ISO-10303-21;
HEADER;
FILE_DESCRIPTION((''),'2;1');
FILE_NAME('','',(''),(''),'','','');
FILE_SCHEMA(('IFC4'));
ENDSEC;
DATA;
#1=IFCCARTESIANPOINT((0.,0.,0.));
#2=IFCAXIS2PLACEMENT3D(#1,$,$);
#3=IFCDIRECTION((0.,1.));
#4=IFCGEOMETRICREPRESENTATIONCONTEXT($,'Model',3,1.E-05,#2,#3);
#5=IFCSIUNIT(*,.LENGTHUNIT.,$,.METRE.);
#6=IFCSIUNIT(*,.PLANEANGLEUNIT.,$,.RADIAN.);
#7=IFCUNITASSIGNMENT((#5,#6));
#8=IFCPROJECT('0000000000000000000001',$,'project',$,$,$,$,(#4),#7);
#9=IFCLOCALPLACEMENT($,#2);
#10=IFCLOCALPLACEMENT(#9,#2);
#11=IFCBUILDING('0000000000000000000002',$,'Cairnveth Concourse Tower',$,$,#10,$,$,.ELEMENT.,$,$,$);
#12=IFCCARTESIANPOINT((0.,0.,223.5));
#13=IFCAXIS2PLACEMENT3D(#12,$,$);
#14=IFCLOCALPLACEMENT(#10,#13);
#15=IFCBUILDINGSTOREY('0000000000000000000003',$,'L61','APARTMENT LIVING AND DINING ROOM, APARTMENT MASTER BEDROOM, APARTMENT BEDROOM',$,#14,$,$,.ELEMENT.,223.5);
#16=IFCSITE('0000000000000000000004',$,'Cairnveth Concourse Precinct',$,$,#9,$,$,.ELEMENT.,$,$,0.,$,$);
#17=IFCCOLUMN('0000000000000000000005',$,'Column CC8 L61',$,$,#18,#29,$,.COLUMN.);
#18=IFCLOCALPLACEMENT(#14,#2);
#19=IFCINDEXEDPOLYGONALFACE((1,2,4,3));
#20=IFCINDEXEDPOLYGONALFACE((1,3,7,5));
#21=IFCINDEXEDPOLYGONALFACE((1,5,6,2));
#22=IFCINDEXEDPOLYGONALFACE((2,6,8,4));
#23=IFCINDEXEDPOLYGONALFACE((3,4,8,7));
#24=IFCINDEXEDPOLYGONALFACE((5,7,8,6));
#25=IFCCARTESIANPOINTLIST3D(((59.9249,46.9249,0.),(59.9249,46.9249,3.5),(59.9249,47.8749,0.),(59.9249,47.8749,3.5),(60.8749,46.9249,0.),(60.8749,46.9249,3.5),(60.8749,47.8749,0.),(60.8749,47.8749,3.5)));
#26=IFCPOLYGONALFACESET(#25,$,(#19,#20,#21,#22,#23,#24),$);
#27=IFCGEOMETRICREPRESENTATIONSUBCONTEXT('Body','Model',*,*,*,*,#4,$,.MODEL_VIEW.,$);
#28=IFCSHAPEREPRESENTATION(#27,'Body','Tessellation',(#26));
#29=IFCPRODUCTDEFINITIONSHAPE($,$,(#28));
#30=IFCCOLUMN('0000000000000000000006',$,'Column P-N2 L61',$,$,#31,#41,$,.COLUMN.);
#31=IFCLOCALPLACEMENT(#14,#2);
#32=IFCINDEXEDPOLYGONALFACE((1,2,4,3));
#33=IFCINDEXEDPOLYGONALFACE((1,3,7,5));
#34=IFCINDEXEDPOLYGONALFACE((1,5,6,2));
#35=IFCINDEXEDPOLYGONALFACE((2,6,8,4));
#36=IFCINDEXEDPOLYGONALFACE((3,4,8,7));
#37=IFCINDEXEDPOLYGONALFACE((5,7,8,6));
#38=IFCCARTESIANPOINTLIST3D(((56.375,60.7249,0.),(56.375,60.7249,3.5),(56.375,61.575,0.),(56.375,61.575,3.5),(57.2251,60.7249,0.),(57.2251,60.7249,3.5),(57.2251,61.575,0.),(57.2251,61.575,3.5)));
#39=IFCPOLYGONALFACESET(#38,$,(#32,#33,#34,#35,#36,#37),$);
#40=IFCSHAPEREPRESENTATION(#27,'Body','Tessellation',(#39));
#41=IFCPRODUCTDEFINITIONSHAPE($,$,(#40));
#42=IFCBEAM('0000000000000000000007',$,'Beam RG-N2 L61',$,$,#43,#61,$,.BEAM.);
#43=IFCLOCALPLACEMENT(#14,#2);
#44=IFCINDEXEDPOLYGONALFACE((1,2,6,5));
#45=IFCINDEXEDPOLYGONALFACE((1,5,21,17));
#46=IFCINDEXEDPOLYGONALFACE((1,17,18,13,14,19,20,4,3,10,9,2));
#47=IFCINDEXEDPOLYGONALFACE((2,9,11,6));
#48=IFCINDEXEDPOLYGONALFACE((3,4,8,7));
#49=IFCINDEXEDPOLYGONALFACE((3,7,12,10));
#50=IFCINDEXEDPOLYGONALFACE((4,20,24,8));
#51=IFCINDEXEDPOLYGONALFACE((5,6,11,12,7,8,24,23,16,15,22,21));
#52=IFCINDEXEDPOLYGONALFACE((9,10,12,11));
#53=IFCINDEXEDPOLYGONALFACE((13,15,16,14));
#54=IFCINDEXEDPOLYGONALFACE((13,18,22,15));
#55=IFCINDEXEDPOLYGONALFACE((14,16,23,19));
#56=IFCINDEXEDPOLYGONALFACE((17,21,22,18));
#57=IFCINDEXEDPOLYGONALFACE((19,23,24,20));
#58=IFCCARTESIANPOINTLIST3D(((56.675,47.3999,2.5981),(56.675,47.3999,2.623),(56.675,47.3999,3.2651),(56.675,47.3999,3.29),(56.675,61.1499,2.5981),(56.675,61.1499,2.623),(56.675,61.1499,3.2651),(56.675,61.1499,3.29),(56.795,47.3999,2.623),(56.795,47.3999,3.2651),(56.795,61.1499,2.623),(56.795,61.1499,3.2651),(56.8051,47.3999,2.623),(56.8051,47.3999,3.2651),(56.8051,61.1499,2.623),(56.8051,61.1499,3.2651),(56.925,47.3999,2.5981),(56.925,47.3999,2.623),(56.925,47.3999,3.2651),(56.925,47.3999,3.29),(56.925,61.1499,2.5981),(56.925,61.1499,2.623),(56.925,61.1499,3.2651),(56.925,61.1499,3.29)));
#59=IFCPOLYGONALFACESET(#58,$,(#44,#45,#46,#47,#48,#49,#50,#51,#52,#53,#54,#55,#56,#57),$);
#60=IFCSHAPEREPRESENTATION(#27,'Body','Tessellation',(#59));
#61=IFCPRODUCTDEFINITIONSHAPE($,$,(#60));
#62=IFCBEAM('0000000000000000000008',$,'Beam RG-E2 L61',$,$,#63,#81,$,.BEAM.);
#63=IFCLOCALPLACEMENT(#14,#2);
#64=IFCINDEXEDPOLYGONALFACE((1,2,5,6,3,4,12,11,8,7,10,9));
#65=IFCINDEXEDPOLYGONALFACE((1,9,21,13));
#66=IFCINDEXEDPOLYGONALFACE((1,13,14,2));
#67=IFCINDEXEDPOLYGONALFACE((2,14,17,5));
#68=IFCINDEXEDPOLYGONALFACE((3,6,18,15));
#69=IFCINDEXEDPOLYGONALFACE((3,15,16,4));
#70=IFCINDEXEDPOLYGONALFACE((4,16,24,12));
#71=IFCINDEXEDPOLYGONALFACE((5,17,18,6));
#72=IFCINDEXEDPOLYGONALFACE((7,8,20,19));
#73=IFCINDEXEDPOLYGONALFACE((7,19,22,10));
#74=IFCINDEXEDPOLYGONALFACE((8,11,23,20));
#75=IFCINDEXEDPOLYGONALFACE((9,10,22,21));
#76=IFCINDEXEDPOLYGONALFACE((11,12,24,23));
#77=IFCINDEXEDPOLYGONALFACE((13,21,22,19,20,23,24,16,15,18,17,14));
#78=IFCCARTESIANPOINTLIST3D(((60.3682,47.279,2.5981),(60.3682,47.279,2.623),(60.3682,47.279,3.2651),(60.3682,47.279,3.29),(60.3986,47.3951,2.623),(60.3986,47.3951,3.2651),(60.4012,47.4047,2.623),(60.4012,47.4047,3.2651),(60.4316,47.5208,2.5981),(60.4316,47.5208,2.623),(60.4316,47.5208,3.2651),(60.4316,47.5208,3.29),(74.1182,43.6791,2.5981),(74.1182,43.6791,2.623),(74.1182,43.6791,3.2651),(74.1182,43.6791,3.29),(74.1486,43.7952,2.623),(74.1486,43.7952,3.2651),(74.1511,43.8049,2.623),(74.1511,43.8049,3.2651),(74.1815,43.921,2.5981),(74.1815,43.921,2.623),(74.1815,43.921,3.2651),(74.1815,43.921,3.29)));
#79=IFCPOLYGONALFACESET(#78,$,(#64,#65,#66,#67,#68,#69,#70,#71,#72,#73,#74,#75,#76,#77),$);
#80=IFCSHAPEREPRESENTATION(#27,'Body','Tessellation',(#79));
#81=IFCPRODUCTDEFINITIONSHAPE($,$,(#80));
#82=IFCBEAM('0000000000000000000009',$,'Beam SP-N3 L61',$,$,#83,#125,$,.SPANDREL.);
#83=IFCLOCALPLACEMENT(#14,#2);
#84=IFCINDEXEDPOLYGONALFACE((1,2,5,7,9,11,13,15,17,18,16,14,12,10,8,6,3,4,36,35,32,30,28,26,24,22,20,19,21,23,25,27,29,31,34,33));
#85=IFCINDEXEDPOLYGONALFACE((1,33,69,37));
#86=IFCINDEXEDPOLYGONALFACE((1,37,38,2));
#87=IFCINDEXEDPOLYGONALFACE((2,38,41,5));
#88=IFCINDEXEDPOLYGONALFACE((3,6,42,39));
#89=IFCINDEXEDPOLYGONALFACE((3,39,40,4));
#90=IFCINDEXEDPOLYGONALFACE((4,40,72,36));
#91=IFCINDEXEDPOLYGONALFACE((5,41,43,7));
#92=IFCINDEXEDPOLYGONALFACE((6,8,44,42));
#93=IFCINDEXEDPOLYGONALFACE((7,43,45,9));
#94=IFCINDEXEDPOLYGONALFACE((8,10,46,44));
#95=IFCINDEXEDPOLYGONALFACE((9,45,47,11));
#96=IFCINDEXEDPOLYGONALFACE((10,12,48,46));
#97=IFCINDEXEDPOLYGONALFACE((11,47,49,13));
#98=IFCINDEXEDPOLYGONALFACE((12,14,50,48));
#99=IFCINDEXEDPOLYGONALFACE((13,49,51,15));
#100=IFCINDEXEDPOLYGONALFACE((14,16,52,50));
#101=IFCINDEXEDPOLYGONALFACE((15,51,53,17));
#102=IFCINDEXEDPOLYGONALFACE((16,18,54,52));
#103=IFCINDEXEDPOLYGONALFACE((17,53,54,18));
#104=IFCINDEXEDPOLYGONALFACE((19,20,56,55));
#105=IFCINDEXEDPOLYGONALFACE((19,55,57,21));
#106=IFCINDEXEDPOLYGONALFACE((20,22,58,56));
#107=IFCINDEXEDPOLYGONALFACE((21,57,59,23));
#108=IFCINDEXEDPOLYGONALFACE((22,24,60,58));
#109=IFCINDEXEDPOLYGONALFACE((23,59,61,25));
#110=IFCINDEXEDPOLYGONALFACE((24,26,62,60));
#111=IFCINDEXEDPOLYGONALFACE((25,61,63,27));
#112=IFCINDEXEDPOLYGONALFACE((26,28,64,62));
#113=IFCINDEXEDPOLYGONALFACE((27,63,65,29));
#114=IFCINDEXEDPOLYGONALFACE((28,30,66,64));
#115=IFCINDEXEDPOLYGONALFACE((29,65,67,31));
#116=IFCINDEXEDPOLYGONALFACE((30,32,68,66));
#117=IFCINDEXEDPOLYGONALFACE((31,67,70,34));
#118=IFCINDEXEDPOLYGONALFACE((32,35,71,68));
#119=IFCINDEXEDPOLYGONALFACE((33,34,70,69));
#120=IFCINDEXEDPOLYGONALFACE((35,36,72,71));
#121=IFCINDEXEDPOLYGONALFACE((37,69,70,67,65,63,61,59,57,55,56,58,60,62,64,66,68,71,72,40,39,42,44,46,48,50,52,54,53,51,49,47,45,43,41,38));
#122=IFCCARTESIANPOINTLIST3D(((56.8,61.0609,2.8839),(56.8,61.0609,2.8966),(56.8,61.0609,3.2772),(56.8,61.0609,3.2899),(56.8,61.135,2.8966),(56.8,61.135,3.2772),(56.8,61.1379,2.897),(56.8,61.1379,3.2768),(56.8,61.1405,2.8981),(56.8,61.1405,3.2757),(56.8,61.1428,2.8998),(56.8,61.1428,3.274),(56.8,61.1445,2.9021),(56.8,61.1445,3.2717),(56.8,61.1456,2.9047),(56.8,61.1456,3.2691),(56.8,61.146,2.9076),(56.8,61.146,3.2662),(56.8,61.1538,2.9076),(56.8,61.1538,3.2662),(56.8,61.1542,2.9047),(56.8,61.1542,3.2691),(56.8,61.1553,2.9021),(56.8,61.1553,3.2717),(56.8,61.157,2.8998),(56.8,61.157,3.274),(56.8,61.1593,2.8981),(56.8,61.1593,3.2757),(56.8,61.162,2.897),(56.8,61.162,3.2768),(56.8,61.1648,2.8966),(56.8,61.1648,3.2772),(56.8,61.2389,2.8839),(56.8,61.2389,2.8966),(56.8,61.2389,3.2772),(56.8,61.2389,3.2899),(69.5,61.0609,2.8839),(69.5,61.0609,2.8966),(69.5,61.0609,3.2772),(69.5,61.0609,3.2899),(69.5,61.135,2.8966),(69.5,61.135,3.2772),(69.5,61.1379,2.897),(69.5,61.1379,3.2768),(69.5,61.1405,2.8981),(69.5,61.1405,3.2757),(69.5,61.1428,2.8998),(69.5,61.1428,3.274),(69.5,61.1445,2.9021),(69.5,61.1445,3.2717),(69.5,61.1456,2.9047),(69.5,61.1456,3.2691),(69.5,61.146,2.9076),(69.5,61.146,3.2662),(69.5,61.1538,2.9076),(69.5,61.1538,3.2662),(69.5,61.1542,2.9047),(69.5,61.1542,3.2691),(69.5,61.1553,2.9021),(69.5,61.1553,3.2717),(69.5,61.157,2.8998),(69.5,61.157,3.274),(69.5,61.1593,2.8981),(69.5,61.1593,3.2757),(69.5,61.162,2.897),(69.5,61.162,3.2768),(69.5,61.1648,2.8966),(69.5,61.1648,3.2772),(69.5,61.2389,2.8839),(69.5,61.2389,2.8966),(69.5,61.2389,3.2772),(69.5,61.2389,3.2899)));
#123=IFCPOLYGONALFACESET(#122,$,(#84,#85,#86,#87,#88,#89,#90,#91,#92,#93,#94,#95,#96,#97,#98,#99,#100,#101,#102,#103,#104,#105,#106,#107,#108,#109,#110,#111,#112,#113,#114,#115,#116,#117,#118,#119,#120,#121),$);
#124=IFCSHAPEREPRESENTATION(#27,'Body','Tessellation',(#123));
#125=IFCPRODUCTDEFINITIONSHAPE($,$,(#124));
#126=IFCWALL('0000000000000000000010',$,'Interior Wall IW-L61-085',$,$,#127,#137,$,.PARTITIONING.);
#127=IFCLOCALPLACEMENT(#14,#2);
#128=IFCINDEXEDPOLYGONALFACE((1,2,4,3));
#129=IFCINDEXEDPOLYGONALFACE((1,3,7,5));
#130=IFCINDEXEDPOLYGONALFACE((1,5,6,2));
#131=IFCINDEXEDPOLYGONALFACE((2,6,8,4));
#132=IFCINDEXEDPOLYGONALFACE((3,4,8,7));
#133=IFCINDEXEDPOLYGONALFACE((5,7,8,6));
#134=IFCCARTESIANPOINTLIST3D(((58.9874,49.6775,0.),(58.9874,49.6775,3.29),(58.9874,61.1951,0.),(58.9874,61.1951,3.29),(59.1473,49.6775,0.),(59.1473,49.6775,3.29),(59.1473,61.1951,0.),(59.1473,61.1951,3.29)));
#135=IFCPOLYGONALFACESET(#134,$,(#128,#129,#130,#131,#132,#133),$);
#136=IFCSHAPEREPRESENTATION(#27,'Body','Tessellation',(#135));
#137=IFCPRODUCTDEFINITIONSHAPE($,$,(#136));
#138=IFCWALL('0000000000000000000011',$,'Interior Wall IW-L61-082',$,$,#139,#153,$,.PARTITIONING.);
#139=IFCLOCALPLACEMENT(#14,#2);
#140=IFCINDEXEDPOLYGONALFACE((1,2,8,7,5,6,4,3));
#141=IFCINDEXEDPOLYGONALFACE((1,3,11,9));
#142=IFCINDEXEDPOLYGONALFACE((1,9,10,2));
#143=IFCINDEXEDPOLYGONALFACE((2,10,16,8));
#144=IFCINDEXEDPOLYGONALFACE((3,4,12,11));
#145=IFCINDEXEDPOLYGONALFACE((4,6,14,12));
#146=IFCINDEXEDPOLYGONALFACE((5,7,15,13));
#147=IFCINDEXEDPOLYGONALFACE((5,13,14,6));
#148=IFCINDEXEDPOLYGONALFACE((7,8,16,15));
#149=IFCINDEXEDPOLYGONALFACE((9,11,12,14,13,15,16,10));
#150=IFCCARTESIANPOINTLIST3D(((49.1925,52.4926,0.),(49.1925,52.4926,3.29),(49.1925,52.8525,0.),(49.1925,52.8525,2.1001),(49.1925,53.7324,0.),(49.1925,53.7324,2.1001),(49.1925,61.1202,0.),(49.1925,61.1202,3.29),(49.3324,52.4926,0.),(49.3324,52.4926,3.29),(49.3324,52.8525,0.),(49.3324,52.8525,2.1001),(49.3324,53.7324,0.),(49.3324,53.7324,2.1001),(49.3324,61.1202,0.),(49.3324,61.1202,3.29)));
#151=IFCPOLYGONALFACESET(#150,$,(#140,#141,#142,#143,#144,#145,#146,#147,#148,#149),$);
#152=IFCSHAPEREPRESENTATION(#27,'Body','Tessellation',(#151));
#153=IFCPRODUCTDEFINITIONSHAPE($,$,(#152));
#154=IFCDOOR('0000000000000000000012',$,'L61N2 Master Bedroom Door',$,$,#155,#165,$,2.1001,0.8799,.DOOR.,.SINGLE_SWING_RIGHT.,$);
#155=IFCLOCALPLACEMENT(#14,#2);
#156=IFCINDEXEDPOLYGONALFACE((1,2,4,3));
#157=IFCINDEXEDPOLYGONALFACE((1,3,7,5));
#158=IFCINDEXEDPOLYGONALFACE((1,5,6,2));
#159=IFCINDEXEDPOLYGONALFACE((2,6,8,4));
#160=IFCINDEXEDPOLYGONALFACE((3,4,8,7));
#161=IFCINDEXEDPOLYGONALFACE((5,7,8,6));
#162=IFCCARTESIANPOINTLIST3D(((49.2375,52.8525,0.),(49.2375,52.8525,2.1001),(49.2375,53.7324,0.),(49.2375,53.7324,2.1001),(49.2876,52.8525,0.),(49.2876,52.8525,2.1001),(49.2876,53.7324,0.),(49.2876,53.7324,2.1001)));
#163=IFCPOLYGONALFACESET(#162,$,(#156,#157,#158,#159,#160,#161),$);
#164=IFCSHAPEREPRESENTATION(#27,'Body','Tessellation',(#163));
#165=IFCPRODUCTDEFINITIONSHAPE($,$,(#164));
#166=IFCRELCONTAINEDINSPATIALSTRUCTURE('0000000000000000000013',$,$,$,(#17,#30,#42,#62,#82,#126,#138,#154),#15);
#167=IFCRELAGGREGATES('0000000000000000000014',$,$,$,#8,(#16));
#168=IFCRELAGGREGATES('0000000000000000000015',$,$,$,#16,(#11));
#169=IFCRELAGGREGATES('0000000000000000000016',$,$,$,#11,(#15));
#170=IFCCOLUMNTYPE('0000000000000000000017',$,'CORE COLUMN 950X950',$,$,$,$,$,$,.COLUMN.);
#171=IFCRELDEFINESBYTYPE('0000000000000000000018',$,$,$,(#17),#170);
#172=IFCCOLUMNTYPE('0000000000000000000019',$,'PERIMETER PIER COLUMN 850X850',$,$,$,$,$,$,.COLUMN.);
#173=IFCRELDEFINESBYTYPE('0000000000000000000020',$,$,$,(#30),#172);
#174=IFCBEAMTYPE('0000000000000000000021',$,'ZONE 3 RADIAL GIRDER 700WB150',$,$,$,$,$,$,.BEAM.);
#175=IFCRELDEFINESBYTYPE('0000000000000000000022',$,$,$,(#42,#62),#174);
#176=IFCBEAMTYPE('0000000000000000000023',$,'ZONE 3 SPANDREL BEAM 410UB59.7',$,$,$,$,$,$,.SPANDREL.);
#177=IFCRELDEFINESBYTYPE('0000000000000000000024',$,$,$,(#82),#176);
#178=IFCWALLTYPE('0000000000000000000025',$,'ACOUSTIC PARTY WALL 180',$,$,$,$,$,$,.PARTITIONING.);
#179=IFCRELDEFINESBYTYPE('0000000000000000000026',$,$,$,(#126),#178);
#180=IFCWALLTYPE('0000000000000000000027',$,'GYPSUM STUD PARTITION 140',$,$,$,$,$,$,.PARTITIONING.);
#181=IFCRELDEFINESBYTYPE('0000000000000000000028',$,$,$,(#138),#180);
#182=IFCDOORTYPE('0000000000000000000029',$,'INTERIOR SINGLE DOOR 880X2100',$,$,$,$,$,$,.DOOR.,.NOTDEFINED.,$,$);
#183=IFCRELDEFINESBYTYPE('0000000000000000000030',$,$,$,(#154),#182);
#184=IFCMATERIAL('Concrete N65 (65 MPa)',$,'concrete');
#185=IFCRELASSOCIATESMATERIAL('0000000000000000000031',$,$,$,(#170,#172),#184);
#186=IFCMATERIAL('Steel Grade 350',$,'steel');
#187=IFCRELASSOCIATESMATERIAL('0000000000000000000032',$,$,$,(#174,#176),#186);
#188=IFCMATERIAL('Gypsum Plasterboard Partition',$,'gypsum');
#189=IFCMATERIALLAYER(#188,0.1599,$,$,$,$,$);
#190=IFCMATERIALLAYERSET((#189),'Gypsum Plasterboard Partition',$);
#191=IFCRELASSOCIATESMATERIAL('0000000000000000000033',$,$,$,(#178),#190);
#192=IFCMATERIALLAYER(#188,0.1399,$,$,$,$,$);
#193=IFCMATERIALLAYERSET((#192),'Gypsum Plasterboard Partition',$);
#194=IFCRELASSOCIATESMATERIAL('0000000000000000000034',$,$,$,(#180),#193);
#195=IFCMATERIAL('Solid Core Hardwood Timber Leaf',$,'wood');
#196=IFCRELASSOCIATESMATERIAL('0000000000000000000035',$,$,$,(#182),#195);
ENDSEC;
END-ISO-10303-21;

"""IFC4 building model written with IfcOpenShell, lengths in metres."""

from ifc_helpers import new_model, si_unit, direction, frame, frame_2d, origin, origin_2d, place, context, subcontext, project, spatial, rectangle, i_section, extrude, material, layer, layer_set, material_profile, profile_set, type_object, element, fill, save


model = new_model("IFC4")

# Units and contexts
model_context = context("Model", 3, precision=1e-05, world=origin(), true_north=direction((0.0, 1.0)))
body_context = subcontext(model_context, "Body", "Model", "MODEL_VIEW")
ifc_project = project(units=[si_unit("LENGTHUNIT", "METRE"), si_unit("PLANEANGLEUNIT", "RADIAN")], contexts=[model_context])

# Site, building, storey
site_placement = place(None, origin())
site = spatial("IfcSite", under=ifc_project, at=site_placement, Name="Cairnveth Concourse Precinct", CompositionType="ELEMENT", RefElevation=0.0)
building_placement = place(site_placement, origin())
building = spatial("IfcBuilding", under=site, at=building_placement, Name="Cairnveth Concourse Tower", CompositionType="ELEMENT")
storey_placement = place(building_placement, frame((0.0, 0.0, 223.5)))
storey = spatial("IfcBuildingStorey", under=building, at=storey_placement, Name="L61", Description="APARTMENT LIVING AND DINING ROOM, APARTMENT MASTER BEDROOM, APARTMENT BEDROOM", CompositionType="ELEMENT", Elevation=223.5)

# Columns
ifc_material_1 = material(Name="Concrete N65 (65 MPa)", Category="concrete")
ifc_material_profile_1 = material_profile(ifc_material_1, rectangle(XDim=0.95, YDim=0.95, at=origin_2d()), Name="RC-COL-950x950")
ifc_profile_set_1 = profile_set([ifc_material_profile_1], Name="Concrete N65 (65 MPa)")
column_type_1 = type_object("IfcColumnType", Name="CORE COLUMN 950X950", PredefinedType="COLUMN", material=ifc_profile_set_1)
column_1_placement = place(storey_placement, frame((60.3999, 47.3999, 0.0), z_axis=(0.0, 0.0, 1.0), x_axis=(1.0, 0.0, 0.0)))
element("IfcColumn", 1, at=column_1_placement, inside=storey, type_object=column_type_1, Name="Column CC8 L61", PredefinedType="COLUMN", context=body_context, shape_type="SweptSolid", body=[
    extrude(rectangle(XDim=0.95, YDim=0.95, at=origin_2d()), origin(), (0.0, 0.0, 1.0), 3.5),
])
ifc_material_profile_2 = material_profile(ifc_material_1, rectangle(XDim=0.8501, YDim=0.8501, at=origin_2d()), Name="RC-COL-850x850")
ifc_profile_set_2 = profile_set([ifc_material_profile_2], Name="Concrete N65 (65 MPa)")
column_type_2 = type_object("IfcColumnType", Name="PERIMETER PIER COLUMN 850X850", PredefinedType="COLUMN", material=ifc_profile_set_2)
column_2_placement = place(storey_placement, frame((56.8, 61.1499, 0.0), z_axis=(0.0, 0.0, 1.0), x_axis=(1.0, 0.0, 0.0)))
element("IfcColumn", 2, at=column_2_placement, inside=storey, type_object=column_type_2, Name="Column P-N2 L61", PredefinedType="COLUMN", context=body_context, shape_type="SweptSolid", body=[
    extrude(rectangle(XDim=0.8501, YDim=0.8501, at=origin_2d()), origin(), (0.0, 0.0, 1.0), 3.5),
])

# Beams
ifc_material_2 = material(Name="Steel Grade 350", Category="steel")
ifc_material_profile_3 = material_profile(ifc_material_2, i_section(OverallWidth=0.25, OverallDepth=0.6919, WebThickness=0.01, FlangeThickness=0.0249, at=origin_2d()), Name="700WB150")
ifc_profile_set_3 = profile_set([ifc_material_profile_3], Name="Steel Grade 350")
beam_type_1 = type_object("IfcBeamType", Name="ZONE 3 RADIAL GIRDER 700WB150", PredefinedType="BEAM", material=ifc_profile_set_3)
beam_1_placement = place(storey_placement, frame((56.8, 47.3999, 2.9441), z_axis=(0.0, 1.0, 0.0), x_axis=(-1.0, 0.0, 0.0)))
element("IfcBeam", 3, at=beam_1_placement, inside=storey, type_object=beam_type_1, Name="Beam RG-N2 L61", PredefinedType="BEAM", context=body_context, shape_type="SweptSolid", body=[
    extrude(i_section(OverallWidth=0.25, OverallDepth=0.6919, WebThickness=0.01, FlangeThickness=0.0249, at=origin_2d()), origin(), (0.0, 0.0, 1.0), 13.75),
])
beam_2_placement = place(storey_placement, frame((60.3999, 47.3999, 2.9441), z_axis=(0.967395, -0.253271, 0.0), x_axis=(0.253271, 0.967395, 0.0)))
element("IfcBeam", 4, at=beam_2_placement, inside=storey, type_object=beam_type_1, Name="Beam RG-E2 L61", PredefinedType="BEAM", context=body_context, shape_type="SweptSolid", body=[
    extrude(i_section(OverallWidth=0.25, OverallDepth=0.6919, WebThickness=0.01, FlangeThickness=0.0249, at=origin_2d()), origin(), (0.0, 0.0, 1.0), 14.2134),
])
ifc_material_profile_4 = material_profile(ifc_material_2, i_section(OverallWidth=0.178, OverallDepth=0.406, WebThickness=0.0078, FlangeThickness=0.0127, FilletRadius=0.011, at=origin_2d()), Name="410UB59.7")
ifc_profile_set_4 = profile_set([ifc_material_profile_4], Name="Steel Grade 350")
beam_type_2 = type_object("IfcBeamType", Name="ZONE 3 SPANDREL BEAM 410UB59.7", PredefinedType="SPANDREL", material=ifc_profile_set_4)
beam_3_placement = place(storey_placement, frame((56.8, 61.1499, 3.0869), z_axis=(1.0, 0.0, 0.0), x_axis=(0.0, 1.0, 0.0)))
element("IfcBeam", 5, at=beam_3_placement, inside=storey, type_object=beam_type_2, Name="Beam SP-N3 L61", PredefinedType="SPANDREL", context=body_context, shape_type="SweptSolid", body=[
    extrude(i_section(OverallWidth=0.178, OverallDepth=0.406, WebThickness=0.0078, FlangeThickness=0.0127, FilletRadius=0.011, at=origin_2d()), origin(), (0.0, 0.0, 1.0), 12.7),
])

# Wall
ifc_material_3 = material(Name="Gypsum Plasterboard Partition", Category="gypsum")
ifc_layer_1 = layer(ifc_material_3, 0.1599)
ifc_layer_set_1 = layer_set([ifc_layer_1], Name="Gypsum Plasterboard Partition")
wall_type_1 = type_object("IfcWallType", Name="ACOUSTIC PARTY WALL 180", PredefinedType="PARTITIONING", material=ifc_layer_set_1)
wall_1_placement = place(storey_placement, frame((59.0674, 49.6775, 0.0), z_axis=(0.0, 0.0, 1.0), x_axis=(0.0, 1.0, 0.0)))
element("IfcWall", 6, at=wall_1_placement, inside=storey, type_object=wall_type_1, Name="Interior Wall IW-L61-085", PredefinedType="PARTITIONING", context=body_context, shape_type="SweptSolid", body=[
    extrude(rectangle(XDim=11.5176, YDim=0.1599, at=frame_2d((5.7588, 0.0))), origin(), (0.0, 0.0, 1.0), 3.29),
])

# Wall, opening, door
ifc_layer_2 = layer(ifc_material_3, 0.1399)
ifc_layer_set_2 = layer_set([ifc_layer_2], Name="Gypsum Plasterboard Partition")
wall_type_2 = type_object("IfcWallType", Name="GYPSUM STUD PARTITION 140", PredefinedType="PARTITIONING", material=ifc_layer_set_2)
wall_2_placement = place(storey_placement, frame((49.2625, 52.4924, 0.0), z_axis=(0.0, 0.0, 1.0), x_axis=(0.0, 1.0, 0.0)))
wall_2 = element("IfcWall", 7, at=wall_2_placement, inside=storey, type_object=wall_type_2, Name="Interior Wall IW-L61-082", PredefinedType="PARTITIONING", context=body_context, shape_type="SweptSolid", body=[
    extrude(rectangle(XDim=8.6277, YDim=0.1399, at=frame_2d((4.314, 0.0))), origin(), (0.0, 0.0, 1.0), 3.29),
])
opening_1_placement = place(wall_2_placement, frame((0.3601, 0.0, 0.0)))
opening_1 = element("IfcOpeningElement", 8, at=opening_1_placement, cuts=wall_2, PredefinedType="OPENING", context=body_context, shape_type="SweptSolid", body=[
    extrude(rectangle(XDim=0.8799, YDim=2.1001, at=frame_2d((0.4399, 1.05))), frame((0.0, 0.0798, 0.0), z_axis=(0.0, -1.0, 0.0), x_axis=(1.0, 0.0, 0.0)), (0.0, 0.0, 1.0), 0.1599),
])
ifc_material_4 = material(Name="Solid Core Hardwood Timber Leaf", Category="wood")
door_type_1 = type_object("IfcDoorType", Name="INTERIOR SINGLE DOOR 880X2100", OperationType="NOTDEFINED", PredefinedType="DOOR", material=ifc_material_4)
door_1_placement = place(opening_1_placement, origin())
door_1 = element("IfcDoor", 9, at=door_1_placement, inside=storey, type_object=door_type_1, Name="L61N2 Master Bedroom Door", OperationType="SINGLE_SWING_RIGHT", OverallHeight=2.1001, OverallWidth=0.8799, PredefinedType="DOOR", context=body_context, shape_type="SweptSolid", body=[
    extrude(rectangle(XDim=0.8799, YDim=2.1001, at=frame_2d((0.4399, 1.05))), frame((0.0, 0.0249, 0.0), z_axis=(0.0, -1.0, 0.0), x_axis=(1.0, 0.0, 0.0)), (0.0, 0.0, 1.0), 0.05),
])
fill(opening_1, door_1)

save(model, "model.ifc")
